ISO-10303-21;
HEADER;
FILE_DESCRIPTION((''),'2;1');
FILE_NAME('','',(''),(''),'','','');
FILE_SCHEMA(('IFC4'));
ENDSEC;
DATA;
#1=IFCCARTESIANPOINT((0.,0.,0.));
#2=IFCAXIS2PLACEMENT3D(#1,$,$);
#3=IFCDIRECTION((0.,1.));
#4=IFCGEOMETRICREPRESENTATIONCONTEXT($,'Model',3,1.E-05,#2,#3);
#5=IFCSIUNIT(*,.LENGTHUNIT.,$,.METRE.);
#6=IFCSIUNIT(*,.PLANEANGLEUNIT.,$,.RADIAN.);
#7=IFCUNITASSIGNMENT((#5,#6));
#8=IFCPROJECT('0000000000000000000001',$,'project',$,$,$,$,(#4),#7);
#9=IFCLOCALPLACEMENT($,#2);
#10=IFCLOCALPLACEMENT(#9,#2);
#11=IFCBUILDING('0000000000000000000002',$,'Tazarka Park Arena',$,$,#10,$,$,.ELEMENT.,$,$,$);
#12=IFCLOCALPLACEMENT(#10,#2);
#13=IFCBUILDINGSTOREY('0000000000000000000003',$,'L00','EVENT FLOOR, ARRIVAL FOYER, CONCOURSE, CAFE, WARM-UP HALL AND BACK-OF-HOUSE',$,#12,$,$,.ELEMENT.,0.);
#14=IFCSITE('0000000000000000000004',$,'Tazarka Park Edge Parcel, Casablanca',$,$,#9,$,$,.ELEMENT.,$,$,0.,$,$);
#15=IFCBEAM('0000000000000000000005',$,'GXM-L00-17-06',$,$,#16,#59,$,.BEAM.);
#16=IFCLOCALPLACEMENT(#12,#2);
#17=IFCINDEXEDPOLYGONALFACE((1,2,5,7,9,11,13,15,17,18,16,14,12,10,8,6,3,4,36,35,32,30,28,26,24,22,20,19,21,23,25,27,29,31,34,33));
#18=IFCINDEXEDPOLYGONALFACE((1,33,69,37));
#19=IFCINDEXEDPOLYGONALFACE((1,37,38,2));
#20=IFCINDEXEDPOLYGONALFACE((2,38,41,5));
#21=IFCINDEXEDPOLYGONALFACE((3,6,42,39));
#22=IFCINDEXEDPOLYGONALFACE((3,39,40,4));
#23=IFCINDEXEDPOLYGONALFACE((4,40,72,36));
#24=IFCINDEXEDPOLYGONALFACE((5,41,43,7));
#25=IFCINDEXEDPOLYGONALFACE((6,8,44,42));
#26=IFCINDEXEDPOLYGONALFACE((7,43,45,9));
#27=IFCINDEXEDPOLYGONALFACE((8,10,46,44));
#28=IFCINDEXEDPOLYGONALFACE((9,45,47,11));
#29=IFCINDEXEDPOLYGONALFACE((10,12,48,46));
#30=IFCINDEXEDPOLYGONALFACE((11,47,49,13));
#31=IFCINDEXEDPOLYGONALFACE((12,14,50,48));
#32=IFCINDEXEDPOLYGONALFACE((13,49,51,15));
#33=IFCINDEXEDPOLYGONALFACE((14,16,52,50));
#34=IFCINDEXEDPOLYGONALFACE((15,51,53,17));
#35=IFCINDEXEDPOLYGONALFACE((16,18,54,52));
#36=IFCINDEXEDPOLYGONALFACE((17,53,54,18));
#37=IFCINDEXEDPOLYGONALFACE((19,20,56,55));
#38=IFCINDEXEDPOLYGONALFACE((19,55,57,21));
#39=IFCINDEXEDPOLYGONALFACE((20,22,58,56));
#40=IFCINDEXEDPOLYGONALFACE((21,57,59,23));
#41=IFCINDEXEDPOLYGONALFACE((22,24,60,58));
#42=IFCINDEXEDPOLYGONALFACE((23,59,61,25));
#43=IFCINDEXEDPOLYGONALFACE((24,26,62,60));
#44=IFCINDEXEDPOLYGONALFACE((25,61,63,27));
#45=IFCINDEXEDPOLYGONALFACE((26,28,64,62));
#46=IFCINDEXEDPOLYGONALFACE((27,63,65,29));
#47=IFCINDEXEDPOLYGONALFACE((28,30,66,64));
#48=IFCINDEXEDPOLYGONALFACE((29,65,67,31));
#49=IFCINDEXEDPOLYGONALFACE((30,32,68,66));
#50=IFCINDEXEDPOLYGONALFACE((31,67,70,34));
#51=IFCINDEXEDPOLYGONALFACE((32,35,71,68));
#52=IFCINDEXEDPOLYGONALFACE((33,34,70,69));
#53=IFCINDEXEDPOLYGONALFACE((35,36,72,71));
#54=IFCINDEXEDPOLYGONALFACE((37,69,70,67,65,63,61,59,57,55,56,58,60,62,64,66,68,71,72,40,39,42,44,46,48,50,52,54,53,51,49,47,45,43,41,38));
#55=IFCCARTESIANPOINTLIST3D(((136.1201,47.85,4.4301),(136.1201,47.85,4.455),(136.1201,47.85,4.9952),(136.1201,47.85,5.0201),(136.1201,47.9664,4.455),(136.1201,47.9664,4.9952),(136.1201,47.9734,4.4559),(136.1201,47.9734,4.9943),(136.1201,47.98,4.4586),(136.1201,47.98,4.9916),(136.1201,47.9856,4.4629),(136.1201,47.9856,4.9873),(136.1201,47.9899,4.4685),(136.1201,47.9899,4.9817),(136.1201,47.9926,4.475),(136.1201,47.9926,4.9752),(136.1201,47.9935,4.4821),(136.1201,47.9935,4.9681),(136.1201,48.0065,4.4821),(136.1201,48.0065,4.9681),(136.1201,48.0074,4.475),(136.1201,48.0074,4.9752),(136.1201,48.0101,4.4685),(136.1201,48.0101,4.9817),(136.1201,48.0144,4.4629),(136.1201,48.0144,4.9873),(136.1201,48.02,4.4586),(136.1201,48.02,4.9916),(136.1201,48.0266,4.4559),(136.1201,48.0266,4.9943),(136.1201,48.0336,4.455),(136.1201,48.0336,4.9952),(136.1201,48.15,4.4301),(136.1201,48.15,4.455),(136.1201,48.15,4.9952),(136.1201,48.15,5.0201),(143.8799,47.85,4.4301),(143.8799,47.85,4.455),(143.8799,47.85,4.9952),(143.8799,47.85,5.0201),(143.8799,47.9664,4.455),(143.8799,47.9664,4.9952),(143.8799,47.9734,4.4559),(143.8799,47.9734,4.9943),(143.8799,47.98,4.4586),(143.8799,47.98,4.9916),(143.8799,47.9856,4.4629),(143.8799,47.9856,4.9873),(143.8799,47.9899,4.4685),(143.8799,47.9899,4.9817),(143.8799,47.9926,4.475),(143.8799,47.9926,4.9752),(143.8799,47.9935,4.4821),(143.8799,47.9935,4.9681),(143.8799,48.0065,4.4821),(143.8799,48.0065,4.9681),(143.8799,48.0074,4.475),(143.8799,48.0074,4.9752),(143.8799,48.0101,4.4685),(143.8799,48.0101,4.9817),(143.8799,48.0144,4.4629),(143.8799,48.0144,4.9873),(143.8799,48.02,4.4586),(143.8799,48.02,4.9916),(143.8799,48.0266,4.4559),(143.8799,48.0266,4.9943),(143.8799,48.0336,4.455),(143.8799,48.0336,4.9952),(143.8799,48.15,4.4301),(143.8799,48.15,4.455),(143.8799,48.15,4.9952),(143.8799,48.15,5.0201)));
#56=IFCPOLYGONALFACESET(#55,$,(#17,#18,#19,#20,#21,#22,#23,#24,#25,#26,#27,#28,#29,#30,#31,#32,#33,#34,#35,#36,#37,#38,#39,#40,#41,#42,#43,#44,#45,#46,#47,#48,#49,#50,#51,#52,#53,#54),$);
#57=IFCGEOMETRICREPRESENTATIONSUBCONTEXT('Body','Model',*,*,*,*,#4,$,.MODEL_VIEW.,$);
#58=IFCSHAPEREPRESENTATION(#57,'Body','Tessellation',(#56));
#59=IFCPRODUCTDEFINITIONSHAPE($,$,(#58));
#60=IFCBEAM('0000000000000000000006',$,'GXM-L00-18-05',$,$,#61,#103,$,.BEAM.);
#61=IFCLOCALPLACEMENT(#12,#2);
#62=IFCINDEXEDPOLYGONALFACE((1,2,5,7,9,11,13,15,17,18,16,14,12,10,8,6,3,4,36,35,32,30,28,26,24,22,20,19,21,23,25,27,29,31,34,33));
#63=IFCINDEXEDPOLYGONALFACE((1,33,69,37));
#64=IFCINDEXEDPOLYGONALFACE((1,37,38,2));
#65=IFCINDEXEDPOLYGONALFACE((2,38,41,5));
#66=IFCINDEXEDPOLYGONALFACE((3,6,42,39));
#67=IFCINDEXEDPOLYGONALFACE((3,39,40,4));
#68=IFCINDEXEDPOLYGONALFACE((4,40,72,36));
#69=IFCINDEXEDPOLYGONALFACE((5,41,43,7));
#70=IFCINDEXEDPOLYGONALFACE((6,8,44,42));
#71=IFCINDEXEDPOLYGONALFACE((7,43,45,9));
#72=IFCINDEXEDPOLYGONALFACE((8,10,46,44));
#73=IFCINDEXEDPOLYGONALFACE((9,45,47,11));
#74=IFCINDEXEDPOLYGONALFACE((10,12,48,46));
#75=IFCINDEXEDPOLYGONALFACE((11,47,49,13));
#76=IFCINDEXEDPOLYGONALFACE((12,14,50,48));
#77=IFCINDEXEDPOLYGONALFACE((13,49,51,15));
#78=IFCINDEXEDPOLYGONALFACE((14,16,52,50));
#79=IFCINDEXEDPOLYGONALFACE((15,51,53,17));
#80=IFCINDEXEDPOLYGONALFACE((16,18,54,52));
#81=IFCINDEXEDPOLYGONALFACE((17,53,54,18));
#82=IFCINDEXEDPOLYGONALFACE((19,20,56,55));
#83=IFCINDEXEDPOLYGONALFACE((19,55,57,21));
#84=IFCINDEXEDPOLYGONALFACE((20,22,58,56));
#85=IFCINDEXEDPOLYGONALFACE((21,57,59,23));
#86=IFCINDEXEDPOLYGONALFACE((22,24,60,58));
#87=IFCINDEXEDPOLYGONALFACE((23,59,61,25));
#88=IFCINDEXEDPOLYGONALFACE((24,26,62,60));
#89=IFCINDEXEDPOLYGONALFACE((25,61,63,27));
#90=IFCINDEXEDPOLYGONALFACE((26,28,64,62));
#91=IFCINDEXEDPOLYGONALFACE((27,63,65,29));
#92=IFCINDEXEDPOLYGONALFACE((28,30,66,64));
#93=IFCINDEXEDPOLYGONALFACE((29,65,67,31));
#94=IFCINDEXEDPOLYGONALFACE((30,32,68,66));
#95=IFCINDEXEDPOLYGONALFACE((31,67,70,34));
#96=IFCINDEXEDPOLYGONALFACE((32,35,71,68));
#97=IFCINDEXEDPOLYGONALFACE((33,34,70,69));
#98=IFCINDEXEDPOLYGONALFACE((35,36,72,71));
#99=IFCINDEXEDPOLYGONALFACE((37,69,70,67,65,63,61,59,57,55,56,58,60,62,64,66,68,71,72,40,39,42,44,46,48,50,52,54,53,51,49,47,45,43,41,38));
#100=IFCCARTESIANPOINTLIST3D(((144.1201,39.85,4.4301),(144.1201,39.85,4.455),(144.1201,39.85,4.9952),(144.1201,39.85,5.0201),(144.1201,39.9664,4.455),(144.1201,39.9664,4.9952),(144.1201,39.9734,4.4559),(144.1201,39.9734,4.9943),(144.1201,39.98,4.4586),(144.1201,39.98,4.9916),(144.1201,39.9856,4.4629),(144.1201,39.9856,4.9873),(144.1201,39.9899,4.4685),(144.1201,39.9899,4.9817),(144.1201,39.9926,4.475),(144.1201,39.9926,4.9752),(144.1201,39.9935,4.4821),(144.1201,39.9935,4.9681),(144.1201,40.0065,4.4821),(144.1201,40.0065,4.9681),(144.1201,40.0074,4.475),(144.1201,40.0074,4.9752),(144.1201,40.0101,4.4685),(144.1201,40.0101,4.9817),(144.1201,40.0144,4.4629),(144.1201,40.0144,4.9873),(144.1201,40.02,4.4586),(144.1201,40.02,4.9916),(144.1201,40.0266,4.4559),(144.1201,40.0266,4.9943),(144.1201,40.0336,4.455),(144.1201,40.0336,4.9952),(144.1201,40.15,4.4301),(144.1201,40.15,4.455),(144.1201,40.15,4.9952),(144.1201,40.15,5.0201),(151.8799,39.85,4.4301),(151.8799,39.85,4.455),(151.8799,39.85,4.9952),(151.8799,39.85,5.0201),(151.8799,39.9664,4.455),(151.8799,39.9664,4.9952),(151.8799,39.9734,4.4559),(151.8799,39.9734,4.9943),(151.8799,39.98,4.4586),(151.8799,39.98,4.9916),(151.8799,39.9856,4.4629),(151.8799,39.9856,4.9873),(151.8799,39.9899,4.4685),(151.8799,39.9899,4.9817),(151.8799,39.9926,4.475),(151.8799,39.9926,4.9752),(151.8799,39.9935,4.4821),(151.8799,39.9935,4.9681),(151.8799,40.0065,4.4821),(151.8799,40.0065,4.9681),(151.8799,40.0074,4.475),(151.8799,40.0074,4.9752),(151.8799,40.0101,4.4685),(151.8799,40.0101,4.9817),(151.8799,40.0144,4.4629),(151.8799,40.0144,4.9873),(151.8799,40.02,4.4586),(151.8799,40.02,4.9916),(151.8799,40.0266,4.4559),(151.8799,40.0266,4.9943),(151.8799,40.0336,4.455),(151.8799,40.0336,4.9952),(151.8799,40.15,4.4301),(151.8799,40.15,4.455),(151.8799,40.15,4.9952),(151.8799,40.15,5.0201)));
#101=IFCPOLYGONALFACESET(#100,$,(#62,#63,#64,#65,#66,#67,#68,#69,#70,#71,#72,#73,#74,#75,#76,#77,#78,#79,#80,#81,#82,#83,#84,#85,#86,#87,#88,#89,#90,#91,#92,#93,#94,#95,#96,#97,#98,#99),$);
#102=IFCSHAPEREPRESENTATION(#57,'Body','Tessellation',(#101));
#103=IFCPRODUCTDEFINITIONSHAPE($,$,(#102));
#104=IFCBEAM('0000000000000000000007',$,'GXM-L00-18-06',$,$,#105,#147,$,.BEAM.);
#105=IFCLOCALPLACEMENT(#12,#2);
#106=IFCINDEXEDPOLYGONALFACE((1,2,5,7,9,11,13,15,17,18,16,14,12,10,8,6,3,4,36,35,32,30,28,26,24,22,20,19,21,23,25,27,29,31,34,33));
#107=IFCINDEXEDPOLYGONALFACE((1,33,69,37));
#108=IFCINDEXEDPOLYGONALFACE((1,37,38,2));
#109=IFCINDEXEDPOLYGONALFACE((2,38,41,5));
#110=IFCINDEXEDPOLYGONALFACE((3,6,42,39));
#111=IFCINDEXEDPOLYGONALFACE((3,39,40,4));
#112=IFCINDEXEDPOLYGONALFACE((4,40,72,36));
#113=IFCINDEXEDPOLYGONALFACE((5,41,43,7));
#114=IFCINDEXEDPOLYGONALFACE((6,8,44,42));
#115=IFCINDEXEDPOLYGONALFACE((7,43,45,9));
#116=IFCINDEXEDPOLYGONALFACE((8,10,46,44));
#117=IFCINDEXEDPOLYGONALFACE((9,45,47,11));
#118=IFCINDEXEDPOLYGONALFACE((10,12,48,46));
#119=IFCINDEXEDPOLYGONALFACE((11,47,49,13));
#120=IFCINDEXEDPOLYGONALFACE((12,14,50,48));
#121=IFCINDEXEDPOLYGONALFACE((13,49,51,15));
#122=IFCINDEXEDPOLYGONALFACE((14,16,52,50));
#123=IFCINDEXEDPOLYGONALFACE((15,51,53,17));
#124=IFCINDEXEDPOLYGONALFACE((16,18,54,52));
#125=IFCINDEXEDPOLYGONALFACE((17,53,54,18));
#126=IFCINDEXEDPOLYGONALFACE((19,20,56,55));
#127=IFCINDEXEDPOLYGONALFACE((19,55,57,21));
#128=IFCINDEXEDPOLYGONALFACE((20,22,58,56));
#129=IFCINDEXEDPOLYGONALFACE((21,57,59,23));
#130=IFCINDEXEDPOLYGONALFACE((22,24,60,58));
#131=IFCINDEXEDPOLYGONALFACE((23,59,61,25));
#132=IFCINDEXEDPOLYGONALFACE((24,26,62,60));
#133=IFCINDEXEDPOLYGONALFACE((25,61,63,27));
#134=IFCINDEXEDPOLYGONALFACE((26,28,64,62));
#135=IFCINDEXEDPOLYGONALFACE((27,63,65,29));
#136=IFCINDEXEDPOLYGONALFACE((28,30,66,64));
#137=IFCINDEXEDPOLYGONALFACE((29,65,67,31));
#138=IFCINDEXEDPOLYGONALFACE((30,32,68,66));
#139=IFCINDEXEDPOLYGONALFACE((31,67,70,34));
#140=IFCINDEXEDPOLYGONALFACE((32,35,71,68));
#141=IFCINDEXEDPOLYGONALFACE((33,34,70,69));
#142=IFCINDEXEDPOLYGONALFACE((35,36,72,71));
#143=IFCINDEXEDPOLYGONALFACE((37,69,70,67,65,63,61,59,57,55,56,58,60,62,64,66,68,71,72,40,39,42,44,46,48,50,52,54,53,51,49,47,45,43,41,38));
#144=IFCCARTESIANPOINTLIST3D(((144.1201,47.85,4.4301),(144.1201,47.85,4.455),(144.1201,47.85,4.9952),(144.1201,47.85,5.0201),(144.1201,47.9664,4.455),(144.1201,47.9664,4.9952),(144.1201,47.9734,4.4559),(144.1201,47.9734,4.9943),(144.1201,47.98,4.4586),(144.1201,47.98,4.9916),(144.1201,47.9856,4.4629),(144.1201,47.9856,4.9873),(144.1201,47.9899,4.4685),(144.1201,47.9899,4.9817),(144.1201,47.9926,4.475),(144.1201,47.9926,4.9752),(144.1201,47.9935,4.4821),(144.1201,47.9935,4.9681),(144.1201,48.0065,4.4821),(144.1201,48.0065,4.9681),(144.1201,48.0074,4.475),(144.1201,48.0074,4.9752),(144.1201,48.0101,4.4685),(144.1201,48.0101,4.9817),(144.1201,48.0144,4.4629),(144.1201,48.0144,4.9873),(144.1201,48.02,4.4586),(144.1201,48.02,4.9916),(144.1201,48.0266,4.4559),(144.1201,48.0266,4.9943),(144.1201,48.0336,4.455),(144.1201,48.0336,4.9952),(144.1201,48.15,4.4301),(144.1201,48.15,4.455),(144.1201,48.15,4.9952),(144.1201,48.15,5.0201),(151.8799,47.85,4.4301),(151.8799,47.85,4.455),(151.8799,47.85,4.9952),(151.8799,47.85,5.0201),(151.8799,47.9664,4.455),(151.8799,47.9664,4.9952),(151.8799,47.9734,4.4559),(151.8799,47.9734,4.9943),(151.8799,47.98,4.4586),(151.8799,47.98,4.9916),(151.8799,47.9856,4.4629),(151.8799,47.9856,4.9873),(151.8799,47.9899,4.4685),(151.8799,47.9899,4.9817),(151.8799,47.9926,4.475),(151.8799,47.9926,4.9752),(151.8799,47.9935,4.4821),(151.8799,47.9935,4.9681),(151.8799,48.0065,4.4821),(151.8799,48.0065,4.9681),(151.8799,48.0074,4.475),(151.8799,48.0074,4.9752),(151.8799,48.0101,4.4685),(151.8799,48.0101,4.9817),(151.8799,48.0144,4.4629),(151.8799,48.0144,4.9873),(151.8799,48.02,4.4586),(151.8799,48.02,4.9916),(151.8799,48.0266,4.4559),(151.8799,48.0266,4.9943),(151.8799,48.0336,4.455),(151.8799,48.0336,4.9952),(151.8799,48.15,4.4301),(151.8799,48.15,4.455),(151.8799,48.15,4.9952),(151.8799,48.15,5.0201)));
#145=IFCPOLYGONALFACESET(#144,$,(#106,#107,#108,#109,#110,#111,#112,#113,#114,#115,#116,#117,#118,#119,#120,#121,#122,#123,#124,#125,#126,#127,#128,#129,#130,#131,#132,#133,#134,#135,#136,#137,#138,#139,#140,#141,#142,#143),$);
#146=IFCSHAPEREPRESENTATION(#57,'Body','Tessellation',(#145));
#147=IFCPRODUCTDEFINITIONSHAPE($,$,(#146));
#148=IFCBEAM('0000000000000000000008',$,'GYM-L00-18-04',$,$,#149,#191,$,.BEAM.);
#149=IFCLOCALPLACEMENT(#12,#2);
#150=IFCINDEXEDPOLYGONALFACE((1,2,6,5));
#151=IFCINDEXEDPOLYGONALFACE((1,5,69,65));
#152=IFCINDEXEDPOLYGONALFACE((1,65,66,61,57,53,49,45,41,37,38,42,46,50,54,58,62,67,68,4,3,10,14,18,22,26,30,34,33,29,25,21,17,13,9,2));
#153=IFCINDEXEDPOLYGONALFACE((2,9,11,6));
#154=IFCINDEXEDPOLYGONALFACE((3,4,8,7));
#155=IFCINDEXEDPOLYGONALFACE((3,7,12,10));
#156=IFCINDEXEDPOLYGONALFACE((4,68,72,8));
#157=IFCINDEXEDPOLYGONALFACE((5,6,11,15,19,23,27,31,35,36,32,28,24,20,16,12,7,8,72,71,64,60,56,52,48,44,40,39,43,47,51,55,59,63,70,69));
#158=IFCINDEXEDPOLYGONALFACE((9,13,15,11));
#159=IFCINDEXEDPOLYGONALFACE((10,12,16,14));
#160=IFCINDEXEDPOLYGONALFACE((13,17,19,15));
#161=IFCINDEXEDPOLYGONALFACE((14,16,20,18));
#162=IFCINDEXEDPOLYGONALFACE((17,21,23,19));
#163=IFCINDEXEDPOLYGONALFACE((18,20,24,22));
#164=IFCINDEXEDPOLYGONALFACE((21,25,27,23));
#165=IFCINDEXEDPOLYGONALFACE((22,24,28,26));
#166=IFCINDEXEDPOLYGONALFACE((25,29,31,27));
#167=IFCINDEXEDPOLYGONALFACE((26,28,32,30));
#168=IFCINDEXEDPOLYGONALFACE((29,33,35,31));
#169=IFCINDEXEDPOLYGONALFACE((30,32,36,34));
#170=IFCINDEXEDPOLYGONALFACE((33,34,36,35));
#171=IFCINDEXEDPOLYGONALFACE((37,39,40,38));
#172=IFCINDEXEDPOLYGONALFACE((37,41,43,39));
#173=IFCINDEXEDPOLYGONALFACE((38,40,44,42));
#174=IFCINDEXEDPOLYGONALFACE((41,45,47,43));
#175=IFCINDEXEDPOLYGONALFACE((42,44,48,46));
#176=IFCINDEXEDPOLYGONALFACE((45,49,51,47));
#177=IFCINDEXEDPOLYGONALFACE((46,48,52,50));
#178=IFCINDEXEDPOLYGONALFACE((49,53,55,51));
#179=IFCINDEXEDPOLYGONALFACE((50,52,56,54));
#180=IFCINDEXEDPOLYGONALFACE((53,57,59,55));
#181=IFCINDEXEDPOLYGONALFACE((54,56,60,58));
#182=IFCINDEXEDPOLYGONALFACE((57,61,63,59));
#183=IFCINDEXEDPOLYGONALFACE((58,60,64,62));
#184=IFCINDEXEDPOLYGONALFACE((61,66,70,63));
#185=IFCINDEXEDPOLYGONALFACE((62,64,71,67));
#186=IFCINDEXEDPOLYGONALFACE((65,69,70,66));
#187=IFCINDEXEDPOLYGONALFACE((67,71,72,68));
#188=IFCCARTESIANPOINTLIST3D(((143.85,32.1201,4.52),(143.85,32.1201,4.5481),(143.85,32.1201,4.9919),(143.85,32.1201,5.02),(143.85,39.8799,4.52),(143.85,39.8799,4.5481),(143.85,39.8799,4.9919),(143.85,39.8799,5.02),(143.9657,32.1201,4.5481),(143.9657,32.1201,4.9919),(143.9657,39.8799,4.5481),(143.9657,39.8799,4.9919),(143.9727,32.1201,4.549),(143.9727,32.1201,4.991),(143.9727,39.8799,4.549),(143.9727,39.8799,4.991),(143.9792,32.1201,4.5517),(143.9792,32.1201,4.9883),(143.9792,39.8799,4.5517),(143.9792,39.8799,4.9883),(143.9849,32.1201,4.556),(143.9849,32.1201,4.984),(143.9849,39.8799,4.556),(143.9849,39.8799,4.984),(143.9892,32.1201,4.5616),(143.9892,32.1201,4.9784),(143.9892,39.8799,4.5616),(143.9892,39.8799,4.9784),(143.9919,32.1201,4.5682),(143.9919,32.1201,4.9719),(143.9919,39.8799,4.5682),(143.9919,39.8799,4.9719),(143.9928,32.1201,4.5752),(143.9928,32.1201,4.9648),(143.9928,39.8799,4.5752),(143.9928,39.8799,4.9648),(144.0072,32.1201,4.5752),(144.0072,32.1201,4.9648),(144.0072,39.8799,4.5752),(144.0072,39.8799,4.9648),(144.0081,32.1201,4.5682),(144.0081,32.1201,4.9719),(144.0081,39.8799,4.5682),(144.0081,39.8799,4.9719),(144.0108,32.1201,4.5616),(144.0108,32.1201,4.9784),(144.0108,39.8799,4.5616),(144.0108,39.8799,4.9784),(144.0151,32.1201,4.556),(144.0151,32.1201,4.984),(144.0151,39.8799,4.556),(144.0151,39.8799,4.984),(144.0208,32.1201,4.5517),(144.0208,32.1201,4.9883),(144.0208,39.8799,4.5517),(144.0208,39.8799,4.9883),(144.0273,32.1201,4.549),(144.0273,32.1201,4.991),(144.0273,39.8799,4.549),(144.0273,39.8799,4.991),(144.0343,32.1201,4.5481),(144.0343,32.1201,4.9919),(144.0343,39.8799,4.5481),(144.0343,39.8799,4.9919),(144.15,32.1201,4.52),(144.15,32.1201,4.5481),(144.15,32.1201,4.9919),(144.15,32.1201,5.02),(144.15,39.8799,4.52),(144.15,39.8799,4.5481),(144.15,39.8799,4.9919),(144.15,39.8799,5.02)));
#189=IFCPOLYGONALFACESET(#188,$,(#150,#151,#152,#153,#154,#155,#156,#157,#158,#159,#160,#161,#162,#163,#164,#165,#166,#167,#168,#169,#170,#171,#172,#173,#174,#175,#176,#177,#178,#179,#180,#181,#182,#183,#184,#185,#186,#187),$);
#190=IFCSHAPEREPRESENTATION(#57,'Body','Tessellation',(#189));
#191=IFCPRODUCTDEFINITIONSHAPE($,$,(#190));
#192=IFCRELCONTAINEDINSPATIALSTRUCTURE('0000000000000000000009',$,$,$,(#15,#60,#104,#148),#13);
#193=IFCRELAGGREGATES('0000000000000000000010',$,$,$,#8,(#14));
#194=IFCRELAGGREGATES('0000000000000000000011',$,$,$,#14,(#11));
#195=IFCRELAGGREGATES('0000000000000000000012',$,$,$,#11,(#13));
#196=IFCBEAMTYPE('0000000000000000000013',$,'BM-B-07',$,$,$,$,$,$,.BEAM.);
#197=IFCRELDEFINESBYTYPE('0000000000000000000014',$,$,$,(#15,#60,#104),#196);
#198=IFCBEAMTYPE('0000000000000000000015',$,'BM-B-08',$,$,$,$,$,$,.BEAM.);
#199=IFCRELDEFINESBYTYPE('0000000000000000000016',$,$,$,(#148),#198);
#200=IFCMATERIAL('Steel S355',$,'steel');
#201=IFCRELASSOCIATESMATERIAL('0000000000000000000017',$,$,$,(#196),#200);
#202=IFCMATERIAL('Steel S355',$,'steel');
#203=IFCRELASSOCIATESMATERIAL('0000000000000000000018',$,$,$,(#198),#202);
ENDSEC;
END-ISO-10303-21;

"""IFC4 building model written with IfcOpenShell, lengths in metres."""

from ifc_helpers import new_model, si_unit, direction, frame, origin, origin_2d, place, context, subcontext, project, spatial, i_section, extrude, material, material_profile, profile_set, type_object, element, save


model = new_model("IFC4")

# Units and contexts
model_context = context("Model", 3, precision=1e-05, world=origin(), true_north=direction((0.0, 1.0)))
body_context = subcontext(model_context, "Body", "Model", "MODEL_VIEW")
ifc_project = project(units=[si_unit("LENGTHUNIT", "METRE"), si_unit("PLANEANGLEUNIT", "RADIAN")], contexts=[model_context])

# Site, building, storey
site_placement = place(None, origin())
site = spatial("IfcSite", under=ifc_project, at=site_placement, Name="Tazarka Park Edge Parcel, Casablanca", CompositionType="ELEMENT", RefElevation=0.0)
building_placement = place(site_placement, origin())
building = spatial("IfcBuilding", under=site, at=building_placement, Name="Tazarka Park Arena", CompositionType="ELEMENT")
storey_placement = place(building_placement, origin())
storey = spatial("IfcBuildingStorey", under=building, at=storey_placement, Name="L00", Description="EVENT FLOOR, ARRIVAL FOYER, CONCOURSE, CAFE, WARM-UP HALL AND BACK-OF-HOUSE", CompositionType="ELEMENT", Elevation=0.0)

# Beams
ifc_material_1 = material(Name="Steel S355", Category="steel")
ifc_material_profile_1 = material_profile(ifc_material_1, i_section(OverallWidth=0.3, OverallDepth=0.5901, WebThickness=0.0129, FlangeThickness=0.0249, FilletRadius=0.0271, at=origin_2d()), Name="Steel S355")
ifc_profile_set_1 = profile_set([ifc_material_profile_1], Name="Steel S355")
beam_type_1 = type_object("IfcBeamType", Name="BM-B-07", PredefinedType="BEAM", material=ifc_profile_set_1)
for number, where, z_axis, x_axis, name in (
    (1, (136.1201, 48.0, 4.7251), (1.0, 0.0, 0.0), (0.0, 1.0, 0.0), "GXM-L00-17-06"),
    (2, (144.1201, 40.0, 4.7251), (1.0, 0.0, 0.0), (0.0, 1.0, 0.0), "GXM-L00-18-05"),
    (3, (144.1201, 48.0, 4.7251), (1.0, 0.0, 0.0), (0.0, 1.0, 0.0), "GXM-L00-18-06"),
):
    element("IfcBeam", number, at=place(storey_placement, frame(where, z_axis=z_axis, x_axis=x_axis)), inside=storey, type_object=beam_type_1, Name=name, PredefinedType="BEAM", context=body_context, shape_type="SweptSolid", body=[
        extrude(i_section(OverallWidth=0.3, OverallDepth=0.5901, WebThickness=0.0129, FlangeThickness=0.0249, FilletRadius=0.0271, at=origin_2d()), origin(), (0.0, 0.0, 1.0), 7.7598),
    ])
ifc_material_2 = material(Name="Steel S355", Category="steel")
ifc_material_profile_2 = material_profile(ifc_material_2, i_section(OverallWidth=0.3, OverallDepth=0.5, WebThickness=0.0144, FlangeThickness=0.0281, FilletRadius=0.0271, at=origin_2d()), Name="Steel S355")
ifc_profile_set_2 = profile_set([ifc_material_profile_2], Name="Steel S355")
beam_type_2 = type_object("IfcBeamType", Name="BM-B-08", PredefinedType="BEAM", material=ifc_profile_set_2)
for number, where, z_axis, x_axis, name in (
    (4, (144.0, 32.1201, 4.77), (0.0, 1.0, 0.0), (-1.0, 0.0, 0.0), "GYM-L00-18-04"),
):
    element("IfcBeam", number, at=place(storey_placement, frame(where, z_axis=z_axis, x_axis=x_axis)), inside=storey, type_object=beam_type_2, Name=name, PredefinedType="BEAM", context=body_context, shape_type="SweptSolid", body=[
        extrude(i_section(OverallWidth=0.3, OverallDepth=0.5, WebThickness=0.0144, FlangeThickness=0.0281, FilletRadius=0.0271, at=origin_2d()), origin(), (0.0, 0.0, 1.0), 7.7598),
    ])

save(model, "model.ifc")
